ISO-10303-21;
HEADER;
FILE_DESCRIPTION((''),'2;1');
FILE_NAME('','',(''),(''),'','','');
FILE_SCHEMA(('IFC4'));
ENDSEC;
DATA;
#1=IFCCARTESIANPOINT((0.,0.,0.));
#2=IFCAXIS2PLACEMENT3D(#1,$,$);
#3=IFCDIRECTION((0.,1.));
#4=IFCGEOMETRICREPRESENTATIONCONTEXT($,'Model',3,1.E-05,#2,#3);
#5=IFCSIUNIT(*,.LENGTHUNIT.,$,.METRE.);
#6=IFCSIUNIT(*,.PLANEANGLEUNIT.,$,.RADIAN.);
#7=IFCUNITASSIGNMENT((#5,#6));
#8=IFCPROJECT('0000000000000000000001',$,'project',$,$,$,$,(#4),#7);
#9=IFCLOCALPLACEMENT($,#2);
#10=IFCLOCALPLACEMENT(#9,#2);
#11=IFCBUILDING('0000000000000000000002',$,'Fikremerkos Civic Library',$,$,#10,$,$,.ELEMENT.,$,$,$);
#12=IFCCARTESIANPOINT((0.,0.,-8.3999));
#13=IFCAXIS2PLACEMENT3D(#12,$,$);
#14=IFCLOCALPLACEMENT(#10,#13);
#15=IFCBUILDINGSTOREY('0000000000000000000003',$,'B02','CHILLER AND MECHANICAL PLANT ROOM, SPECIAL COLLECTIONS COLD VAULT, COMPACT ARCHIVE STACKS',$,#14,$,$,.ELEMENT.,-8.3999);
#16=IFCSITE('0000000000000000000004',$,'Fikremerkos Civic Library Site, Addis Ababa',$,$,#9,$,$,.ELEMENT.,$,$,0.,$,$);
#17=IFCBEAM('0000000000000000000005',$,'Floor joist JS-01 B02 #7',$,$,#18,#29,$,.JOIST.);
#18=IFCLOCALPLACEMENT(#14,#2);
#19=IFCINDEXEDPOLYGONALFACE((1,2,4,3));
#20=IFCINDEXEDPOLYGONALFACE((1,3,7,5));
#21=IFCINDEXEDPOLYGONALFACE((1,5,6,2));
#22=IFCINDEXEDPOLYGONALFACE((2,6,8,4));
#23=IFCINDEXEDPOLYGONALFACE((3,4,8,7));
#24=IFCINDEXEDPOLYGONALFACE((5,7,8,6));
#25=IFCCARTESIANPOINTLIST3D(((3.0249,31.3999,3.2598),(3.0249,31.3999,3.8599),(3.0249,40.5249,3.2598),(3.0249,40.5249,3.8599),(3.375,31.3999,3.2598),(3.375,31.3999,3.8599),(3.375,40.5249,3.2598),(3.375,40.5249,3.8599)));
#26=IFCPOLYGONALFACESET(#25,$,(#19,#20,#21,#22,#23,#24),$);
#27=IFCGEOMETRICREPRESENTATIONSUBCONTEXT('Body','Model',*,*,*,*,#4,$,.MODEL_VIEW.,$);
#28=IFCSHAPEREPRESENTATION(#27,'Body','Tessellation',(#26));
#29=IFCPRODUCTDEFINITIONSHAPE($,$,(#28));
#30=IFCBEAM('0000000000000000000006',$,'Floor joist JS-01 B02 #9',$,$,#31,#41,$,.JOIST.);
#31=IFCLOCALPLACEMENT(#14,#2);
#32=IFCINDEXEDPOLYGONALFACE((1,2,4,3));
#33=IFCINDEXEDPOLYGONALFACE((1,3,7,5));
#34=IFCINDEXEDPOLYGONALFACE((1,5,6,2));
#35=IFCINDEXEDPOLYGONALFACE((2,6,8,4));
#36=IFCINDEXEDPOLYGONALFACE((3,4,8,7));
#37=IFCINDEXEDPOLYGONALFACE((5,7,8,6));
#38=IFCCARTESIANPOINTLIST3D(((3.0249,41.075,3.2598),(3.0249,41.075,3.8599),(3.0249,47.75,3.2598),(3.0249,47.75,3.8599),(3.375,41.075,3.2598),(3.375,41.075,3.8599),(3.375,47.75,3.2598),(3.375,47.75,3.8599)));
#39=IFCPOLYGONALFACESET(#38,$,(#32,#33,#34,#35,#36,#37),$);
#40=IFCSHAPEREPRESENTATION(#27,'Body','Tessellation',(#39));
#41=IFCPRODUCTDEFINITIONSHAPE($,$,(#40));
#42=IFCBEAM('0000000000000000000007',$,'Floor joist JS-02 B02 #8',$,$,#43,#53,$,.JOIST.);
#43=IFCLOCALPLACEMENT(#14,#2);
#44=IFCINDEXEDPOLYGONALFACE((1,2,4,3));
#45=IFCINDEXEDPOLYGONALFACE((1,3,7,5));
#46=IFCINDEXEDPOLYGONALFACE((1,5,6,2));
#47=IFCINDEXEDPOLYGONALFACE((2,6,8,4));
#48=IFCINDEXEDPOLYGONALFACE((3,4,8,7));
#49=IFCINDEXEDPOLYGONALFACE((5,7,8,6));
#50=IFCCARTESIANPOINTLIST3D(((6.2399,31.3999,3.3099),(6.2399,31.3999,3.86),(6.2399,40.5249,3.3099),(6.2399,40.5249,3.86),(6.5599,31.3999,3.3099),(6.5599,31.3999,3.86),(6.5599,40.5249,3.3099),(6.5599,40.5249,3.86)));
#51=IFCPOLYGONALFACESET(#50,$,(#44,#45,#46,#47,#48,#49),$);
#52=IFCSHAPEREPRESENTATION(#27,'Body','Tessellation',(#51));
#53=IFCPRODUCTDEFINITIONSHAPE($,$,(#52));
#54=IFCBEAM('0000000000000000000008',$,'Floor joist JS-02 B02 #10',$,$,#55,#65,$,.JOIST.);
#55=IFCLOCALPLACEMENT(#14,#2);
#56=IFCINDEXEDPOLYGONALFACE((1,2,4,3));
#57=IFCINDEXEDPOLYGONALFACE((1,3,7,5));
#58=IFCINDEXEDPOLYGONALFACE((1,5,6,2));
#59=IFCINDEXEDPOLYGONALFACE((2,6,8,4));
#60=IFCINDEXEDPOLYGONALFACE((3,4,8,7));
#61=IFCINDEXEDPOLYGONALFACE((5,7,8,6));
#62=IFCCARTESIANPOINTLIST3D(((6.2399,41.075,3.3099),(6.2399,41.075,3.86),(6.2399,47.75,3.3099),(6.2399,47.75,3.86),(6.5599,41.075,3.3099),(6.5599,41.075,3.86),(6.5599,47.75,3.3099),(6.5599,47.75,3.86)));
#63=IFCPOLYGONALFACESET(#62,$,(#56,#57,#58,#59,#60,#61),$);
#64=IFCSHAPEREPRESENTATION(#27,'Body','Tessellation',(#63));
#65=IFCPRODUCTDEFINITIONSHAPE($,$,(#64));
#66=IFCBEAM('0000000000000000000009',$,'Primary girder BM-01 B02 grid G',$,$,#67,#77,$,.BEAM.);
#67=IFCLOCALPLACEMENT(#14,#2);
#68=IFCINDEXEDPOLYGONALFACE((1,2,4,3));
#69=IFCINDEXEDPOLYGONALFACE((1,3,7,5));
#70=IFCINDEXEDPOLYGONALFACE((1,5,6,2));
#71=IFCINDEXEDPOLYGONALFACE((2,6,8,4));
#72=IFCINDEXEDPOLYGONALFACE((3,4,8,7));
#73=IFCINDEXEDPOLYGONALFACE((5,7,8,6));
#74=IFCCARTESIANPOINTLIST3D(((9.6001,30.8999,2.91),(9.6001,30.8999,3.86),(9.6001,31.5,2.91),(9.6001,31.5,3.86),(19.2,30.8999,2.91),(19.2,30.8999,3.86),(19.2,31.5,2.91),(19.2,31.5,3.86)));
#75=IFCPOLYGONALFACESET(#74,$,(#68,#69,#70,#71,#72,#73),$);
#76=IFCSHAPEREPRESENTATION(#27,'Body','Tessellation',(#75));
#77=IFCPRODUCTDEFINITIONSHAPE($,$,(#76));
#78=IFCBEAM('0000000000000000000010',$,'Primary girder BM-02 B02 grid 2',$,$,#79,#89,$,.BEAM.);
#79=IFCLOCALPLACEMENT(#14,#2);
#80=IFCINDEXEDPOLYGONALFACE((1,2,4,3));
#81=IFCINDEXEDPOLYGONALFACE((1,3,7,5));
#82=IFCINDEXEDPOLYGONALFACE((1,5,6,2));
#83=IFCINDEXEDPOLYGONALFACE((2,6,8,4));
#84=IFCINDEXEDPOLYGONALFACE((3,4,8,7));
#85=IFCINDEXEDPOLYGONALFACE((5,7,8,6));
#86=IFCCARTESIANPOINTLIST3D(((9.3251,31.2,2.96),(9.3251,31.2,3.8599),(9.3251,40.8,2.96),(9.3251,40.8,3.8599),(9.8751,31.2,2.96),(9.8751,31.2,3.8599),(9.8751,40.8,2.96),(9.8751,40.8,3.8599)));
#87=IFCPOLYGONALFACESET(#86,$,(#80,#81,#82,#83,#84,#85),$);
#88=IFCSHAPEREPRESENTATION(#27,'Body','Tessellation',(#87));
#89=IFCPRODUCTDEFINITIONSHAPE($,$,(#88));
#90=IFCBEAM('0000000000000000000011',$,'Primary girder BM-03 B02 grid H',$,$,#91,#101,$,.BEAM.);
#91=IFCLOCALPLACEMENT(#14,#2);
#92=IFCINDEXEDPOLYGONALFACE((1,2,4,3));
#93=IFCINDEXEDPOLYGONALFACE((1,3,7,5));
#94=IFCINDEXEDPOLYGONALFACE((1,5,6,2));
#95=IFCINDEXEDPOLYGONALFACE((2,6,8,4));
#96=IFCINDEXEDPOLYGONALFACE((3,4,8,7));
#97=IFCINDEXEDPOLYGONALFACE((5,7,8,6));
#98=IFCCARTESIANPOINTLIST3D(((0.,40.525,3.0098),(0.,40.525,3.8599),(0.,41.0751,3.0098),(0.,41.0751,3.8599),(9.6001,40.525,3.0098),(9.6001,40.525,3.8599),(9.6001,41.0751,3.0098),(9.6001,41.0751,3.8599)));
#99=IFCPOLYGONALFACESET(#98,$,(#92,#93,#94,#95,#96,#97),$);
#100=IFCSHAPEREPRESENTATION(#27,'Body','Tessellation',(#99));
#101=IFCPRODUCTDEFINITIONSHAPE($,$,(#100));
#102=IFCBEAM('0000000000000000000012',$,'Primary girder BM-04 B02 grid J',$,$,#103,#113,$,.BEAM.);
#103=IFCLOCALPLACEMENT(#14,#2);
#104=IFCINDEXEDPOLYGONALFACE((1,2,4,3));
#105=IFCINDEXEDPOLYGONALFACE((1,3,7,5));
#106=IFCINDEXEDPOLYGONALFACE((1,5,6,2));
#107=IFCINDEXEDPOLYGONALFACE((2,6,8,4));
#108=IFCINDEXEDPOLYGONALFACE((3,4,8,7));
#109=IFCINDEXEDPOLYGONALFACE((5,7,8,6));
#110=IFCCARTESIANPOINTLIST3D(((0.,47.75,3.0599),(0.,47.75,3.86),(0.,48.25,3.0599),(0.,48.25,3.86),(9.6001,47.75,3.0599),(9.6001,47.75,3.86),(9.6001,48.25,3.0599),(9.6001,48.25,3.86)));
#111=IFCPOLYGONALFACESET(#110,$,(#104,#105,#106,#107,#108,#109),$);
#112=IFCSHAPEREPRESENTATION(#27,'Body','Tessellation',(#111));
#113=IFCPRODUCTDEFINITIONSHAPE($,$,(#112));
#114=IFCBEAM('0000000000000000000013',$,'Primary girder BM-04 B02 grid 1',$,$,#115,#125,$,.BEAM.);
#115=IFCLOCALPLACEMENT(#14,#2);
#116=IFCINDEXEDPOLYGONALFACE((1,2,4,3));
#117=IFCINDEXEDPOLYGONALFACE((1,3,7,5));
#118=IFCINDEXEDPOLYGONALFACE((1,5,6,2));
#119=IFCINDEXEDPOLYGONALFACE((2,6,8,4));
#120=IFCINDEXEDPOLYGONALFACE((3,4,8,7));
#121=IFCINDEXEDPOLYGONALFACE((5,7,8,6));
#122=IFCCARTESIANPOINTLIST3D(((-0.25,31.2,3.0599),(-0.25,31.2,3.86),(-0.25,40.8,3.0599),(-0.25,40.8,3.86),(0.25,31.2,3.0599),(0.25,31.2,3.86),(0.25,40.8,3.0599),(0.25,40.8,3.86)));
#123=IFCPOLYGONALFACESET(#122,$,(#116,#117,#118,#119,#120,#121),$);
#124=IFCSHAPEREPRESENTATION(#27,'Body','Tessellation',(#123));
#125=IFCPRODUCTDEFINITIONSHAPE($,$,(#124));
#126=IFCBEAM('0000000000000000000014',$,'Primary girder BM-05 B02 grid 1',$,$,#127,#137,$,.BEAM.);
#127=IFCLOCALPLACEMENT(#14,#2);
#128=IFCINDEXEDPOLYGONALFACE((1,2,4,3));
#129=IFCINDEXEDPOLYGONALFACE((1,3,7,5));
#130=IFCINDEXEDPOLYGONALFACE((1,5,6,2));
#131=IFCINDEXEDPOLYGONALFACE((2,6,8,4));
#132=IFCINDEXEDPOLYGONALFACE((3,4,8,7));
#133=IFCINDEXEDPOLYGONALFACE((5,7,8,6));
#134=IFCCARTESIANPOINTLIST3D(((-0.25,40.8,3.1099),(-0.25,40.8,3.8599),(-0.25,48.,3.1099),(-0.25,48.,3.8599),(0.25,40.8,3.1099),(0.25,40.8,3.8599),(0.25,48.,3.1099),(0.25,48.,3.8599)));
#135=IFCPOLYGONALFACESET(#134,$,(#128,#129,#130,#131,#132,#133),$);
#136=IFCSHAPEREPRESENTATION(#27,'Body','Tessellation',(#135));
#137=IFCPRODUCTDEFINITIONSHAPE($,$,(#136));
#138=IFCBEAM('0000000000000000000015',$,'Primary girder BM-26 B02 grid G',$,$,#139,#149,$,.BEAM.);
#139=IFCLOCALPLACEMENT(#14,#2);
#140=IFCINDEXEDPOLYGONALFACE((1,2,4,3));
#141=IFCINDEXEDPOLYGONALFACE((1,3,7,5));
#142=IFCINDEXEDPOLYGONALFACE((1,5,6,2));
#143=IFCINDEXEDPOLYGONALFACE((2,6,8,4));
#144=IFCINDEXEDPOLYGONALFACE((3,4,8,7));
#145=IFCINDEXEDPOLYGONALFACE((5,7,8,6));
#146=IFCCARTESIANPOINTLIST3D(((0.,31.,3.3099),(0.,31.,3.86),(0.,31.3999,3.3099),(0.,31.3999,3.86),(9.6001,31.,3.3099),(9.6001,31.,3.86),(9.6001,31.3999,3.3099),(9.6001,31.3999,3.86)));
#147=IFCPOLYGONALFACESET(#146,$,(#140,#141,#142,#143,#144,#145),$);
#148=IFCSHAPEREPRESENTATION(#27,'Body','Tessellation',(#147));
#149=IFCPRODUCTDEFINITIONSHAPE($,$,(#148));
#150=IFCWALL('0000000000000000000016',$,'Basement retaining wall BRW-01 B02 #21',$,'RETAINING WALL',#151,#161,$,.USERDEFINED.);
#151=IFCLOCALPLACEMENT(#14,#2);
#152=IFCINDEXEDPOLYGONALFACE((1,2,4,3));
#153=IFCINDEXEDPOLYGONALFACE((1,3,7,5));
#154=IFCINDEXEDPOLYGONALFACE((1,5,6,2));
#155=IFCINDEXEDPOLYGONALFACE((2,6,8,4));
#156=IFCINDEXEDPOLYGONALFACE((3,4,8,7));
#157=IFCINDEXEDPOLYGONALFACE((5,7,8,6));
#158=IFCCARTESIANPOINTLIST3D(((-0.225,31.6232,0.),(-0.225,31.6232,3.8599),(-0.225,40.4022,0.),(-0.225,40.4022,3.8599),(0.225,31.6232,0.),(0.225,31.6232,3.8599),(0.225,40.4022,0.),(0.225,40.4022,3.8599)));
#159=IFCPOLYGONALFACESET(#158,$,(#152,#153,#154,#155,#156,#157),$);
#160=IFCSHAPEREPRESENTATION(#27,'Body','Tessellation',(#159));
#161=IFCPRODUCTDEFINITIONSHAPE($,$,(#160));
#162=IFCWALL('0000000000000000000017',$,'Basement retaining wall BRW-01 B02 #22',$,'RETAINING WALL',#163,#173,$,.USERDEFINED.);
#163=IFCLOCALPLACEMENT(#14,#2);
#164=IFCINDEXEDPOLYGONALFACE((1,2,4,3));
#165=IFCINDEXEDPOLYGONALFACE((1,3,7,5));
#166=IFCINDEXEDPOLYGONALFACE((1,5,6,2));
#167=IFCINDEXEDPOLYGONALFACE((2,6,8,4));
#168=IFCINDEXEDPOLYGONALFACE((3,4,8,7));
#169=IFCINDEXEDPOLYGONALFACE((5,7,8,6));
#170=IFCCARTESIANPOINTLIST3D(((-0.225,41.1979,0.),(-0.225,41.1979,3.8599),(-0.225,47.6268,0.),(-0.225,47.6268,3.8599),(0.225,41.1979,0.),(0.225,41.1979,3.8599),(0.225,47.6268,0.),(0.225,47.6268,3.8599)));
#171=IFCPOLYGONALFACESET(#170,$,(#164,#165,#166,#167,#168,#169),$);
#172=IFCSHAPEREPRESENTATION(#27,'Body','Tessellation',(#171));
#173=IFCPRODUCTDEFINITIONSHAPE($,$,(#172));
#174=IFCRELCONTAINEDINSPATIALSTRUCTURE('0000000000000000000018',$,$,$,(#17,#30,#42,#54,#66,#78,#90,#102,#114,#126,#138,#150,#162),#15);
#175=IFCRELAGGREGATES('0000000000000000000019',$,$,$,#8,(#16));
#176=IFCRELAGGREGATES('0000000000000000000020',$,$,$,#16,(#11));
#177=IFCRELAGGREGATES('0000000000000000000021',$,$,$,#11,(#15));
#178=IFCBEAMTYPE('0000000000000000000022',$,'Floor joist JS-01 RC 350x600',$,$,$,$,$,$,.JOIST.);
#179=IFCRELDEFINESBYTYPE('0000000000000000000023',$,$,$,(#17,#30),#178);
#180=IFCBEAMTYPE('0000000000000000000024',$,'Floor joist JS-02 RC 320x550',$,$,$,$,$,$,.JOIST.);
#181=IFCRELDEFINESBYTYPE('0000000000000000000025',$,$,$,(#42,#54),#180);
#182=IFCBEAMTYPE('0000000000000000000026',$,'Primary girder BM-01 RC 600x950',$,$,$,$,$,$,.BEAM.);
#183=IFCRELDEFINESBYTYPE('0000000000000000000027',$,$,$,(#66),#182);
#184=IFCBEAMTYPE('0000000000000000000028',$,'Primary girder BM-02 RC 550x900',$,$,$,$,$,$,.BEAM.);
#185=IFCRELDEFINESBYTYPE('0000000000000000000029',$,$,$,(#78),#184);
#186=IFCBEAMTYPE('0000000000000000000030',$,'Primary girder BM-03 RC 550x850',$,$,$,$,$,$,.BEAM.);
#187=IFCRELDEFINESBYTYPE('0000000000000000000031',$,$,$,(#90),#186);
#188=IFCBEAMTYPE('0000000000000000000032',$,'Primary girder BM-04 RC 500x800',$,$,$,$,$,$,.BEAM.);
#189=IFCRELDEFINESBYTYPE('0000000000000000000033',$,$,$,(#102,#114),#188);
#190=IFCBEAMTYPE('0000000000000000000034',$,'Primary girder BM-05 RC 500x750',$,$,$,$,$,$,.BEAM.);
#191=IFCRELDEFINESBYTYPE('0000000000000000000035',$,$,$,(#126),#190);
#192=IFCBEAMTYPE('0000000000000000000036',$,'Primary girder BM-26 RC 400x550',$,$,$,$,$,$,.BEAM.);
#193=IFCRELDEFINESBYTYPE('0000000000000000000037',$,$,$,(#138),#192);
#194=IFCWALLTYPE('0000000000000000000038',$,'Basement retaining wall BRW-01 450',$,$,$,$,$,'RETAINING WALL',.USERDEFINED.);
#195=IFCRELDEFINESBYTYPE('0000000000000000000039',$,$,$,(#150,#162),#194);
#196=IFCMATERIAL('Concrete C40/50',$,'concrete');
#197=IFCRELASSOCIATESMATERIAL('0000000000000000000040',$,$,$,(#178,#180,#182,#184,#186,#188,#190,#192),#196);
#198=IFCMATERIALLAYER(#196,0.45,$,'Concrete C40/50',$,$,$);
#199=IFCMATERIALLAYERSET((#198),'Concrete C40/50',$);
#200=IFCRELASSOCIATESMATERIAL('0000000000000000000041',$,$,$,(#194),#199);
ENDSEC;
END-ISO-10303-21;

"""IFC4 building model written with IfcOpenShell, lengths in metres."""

from ifc_helpers import new_model, si_unit, direction, frame, frame_2d, origin, origin_2d, place, context, subcontext, project, spatial, rectangle, extrude, material, layer, layer_set, material_profile, profile_set, type_object, element, save


model = new_model("IFC4")

# Units and contexts
model_context = context("Model", 3, precision=1e-05, world=origin(), true_north=direction((0.0, 1.0)))
body_context = subcontext(model_context, "Body", "Model", "MODEL_VIEW")
ifc_project = project(units=[si_unit("LENGTHUNIT", "METRE"), si_unit("PLANEANGLEUNIT", "RADIAN")], contexts=[model_context])

# Site, building, storey
site_placement = place(None, origin())
site = spatial("IfcSite", under=ifc_project, at=site_placement, Name="Fikremerkos Civic Library Site, Addis Ababa", CompositionType="ELEMENT", RefElevation=0.0)
building_placement = place(site_placement, origin())
building = spatial("IfcBuilding", under=site, at=building_placement, Name="Fikremerkos Civic Library", CompositionType="ELEMENT")
storey_placement = place(building_placement, frame((0.0, 0.0, -8.3999)))
storey = spatial("IfcBuildingStorey", under=building, at=storey_placement, Name="B02", Description="CHILLER AND MECHANICAL PLANT ROOM, SPECIAL COLLECTIONS COLD VAULT, COMPACT ARCHIVE STACKS", CompositionType="ELEMENT", Elevation=-8.3999)

# Shared definitions
ifc_material_1 = material(Name="Concrete C40/50", Category="concrete")

# Beams
ifc_material_profile_1 = material_profile(ifc_material_1, rectangle(XDim=0.3501, YDim=0.6001, at=origin_2d()), Name="RC 350x600")
ifc_profile_set_1 = profile_set([ifc_material_profile_1], Name="Concrete C40/50")
beam_type_1 = type_object("IfcBeamType", Name="Floor joist JS-01 RC 350x600", PredefinedType="JOIST", material=ifc_profile_set_1)
beam_1_placement = place(storey_placement, frame((3.2, 31.3999, 3.5598), z_axis=(0.0, 1.0, 0.0), x_axis=(-1.0, 0.0, 0.0)))
element("IfcBeam", 1, at=beam_1_placement, inside=storey, type_object=beam_type_1, Name="Floor joist JS-01 B02 #7", PredefinedType="JOIST", context=body_context, shape_type="SweptSolid", body=[
    extrude(rectangle(XDim=0.3501, YDim=0.6001, at=origin_2d()), origin(), (0.0, 0.0, 1.0), 9.125),
])
beam_2_placement = place(storey_placement, frame((3.2, 41.075, 3.5598), z_axis=(0.0, 1.0, 0.0), x_axis=(-1.0, 0.0, 0.0)))
element("IfcBeam", 2, at=beam_2_placement, inside=storey, type_object=beam_type_1, Name="Floor joist JS-01 B02 #9", PredefinedType="JOIST", context=body_context, shape_type="SweptSolid", body=[
    extrude(rectangle(XDim=0.3501, YDim=0.6001, at=origin_2d()), origin(), (0.0, 0.0, 1.0), 6.675),
])
ifc_material_profile_2 = material_profile(ifc_material_1, rectangle(XDim=0.3201, YDim=0.55, at=origin_2d()), Name="RC 320x550")
ifc_profile_set_2 = profile_set([ifc_material_profile_2], Name="Concrete C40/50")
beam_type_2 = type_object("IfcBeamType", Name="Floor joist JS-02 RC 320x550", PredefinedType="JOIST", material=ifc_profile_set_2)
beam_3_placement = place(storey_placement, frame((6.3999, 31.3999, 3.585), z_axis=(0.0, 1.0, 0.0), x_axis=(-1.0, 0.0, 0.0)))
element("IfcBeam", 3, at=beam_3_placement, inside=storey, type_object=beam_type_2, Name="Floor joist JS-02 B02 #8", PredefinedType="JOIST", context=body_context, shape_type="SweptSolid", body=[
    extrude(rectangle(XDim=0.3201, YDim=0.55, at=origin_2d()), origin(), (0.0, 0.0, 1.0), 9.125),
])
beam_4_placement = place(storey_placement, frame((6.3999, 41.075, 3.585), z_axis=(0.0, 1.0, 0.0), x_axis=(-1.0, 0.0, 0.0)))
element("IfcBeam", 4, at=beam_4_placement, inside=storey, type_object=beam_type_2, Name="Floor joist JS-02 B02 #10", PredefinedType="JOIST", context=body_context, shape_type="SweptSolid", body=[
    extrude(rectangle(XDim=0.3201, YDim=0.55, at=origin_2d()), origin(), (0.0, 0.0, 1.0), 6.675),
])
ifc_material_profile_3 = material_profile(ifc_material_1, rectangle(XDim=0.6001, YDim=0.95, at=origin_2d()), Name="RC 600x950")
ifc_profile_set_3 = profile_set([ifc_material_profile_3], Name="Concrete C40/50")
beam_type_3 = type_object("IfcBeamType", Name="Primary girder BM-01 RC 600x950", PredefinedType="BEAM", material=ifc_profile_set_3)
beam_5_placement = place(storey_placement, frame((9.6001, 31.2, 3.385), z_axis=(1.0, 0.0, 0.0), x_axis=(0.0, 1.0, 0.0)))
element("IfcBeam", 5, at=beam_5_placement, inside=storey, type_object=beam_type_3, Name="Primary girder BM-01 B02 grid G", PredefinedType="BEAM", context=body_context, shape_type="SweptSolid", body=[
    extrude(rectangle(XDim=0.6001, YDim=0.95, at=origin_2d()), origin(), (0.0, 0.0, 1.0), 9.5999),
])
ifc_material_profile_4 = material_profile(ifc_material_1, rectangle(XDim=0.55, YDim=0.8999, at=origin_2d()), Name="RC 550x900")
ifc_profile_set_4 = profile_set([ifc_material_profile_4], Name="Concrete C40/50")
beam_type_4 = type_object("IfcBeamType", Name="Primary girder BM-02 RC 550x900", PredefinedType="BEAM", material=ifc_profile_set_4)
beam_6_placement = place(storey_placement, frame((9.6001, 31.2, 3.4099), z_axis=(0.0, 1.0, 0.0), x_axis=(-1.0, 0.0, 0.0)))
element("IfcBeam", 6, at=beam_6_placement, inside=storey, type_object=beam_type_4, Name="Primary girder BM-02 B02 grid 2", PredefinedType="BEAM", context=body_context, shape_type="SweptSolid", body=[
    extrude(rectangle(XDim=0.55, YDim=0.8999, at=origin_2d()), origin(), (0.0, 0.0, 1.0), 9.6001),
])
ifc_material_profile_5 = material_profile(ifc_material_1, rectangle(XDim=0.55, YDim=0.8501, at=origin_2d()), Name="RC 550x850")
ifc_profile_set_5 = profile_set([ifc_material_profile_5], Name="Concrete C40/50")
beam_type_5 = type_object("IfcBeamType", Name="Primary girder BM-03 RC 550x850", PredefinedType="BEAM", material=ifc_profile_set_5)
beam_7_placement = place(storey_placement, frame((0.0, 40.8, 3.4348), z_axis=(1.0, 0.0, 0.0), x_axis=(0.0, 1.0, 0.0)))
element("IfcBeam", 7, at=beam_7_placement, inside=storey, type_object=beam_type_5, Name="Primary girder BM-03 B02 grid H", PredefinedType="BEAM", context=body_context, shape_type="SweptSolid", body=[
    extrude(rectangle(XDim=0.55, YDim=0.8501, at=origin_2d()), origin(), (0.0, 0.0, 1.0), 9.6001),
])
ifc_material_profile_6 = material_profile(ifc_material_1, rectangle(XDim=0.5, YDim=0.8, at=origin_2d()), Name="RC 500x800")
ifc_profile_set_6 = profile_set([ifc_material_profile_6], Name="Concrete C40/50")
beam_type_6 = type_object("IfcBeamType", Name="Primary girder BM-04 RC 500x800", PredefinedType="BEAM", material=ifc_profile_set_6)
for number, where, z_axis, x_axis, name in (
    (8, (0.0, 48.0, 3.46), (1.0, 0.0, 0.0), (0.0, 1.0, 0.0), "Primary girder BM-04 B02 grid J"),
    (9, (0.0, 31.2, 3.46), (0.0, 1.0, 0.0), (-1.0, 0.0, 0.0), "Primary girder BM-04 B02 grid 1"),
):
    element("IfcBeam", number, at=place(storey_placement, frame(where, z_axis=z_axis, x_axis=x_axis)), inside=storey, type_object=beam_type_6, Name=name, PredefinedType="BEAM", context=body_context, shape_type="SweptSolid", body=[
        extrude(rectangle(XDim=0.5, YDim=0.8, at=origin_2d()), origin(), (0.0, 0.0, 1.0), 9.6001),
    ])
ifc_material_profile_7 = material_profile(ifc_material_1, rectangle(XDim=0.5, YDim=0.75, at=origin_2d()), Name="RC 500x750")
ifc_profile_set_7 = profile_set([ifc_material_profile_7], Name="Concrete C40/50")
beam_type_7 = type_object("IfcBeamType", Name="Primary girder BM-05 RC 500x750", PredefinedType="BEAM", material=ifc_profile_set_7)
beam_8_placement = place(storey_placement, frame((0.0, 40.8, 3.4849), z_axis=(0.0, 1.0, 0.0), x_axis=(-1.0, 0.0, 0.0)))
element("IfcBeam", 10, at=beam_8_placement, inside=storey, type_object=beam_type_7, Name="Primary girder BM-05 B02 grid 1", PredefinedType="BEAM", context=body_context, shape_type="SweptSolid", body=[
    extrude(rectangle(XDim=0.5, YDim=0.75, at=origin_2d()), origin(), (0.0, 0.0, 1.0), 7.2),
])
ifc_material_profile_8 = material_profile(ifc_material_1, rectangle(XDim=0.3999, YDim=0.55, at=origin_2d()), Name="RC 400x550")
ifc_profile_set_8 = profile_set([ifc_material_profile_8], Name="Concrete C40/50")
beam_type_8 = type_object("IfcBeamType", Name="Primary girder BM-26 RC 400x550", PredefinedType="BEAM", material=ifc_profile_set_8)
beam_9_placement = place(storey_placement, frame((0.0, 31.2, 3.585), z_axis=(1.0, 0.0, 0.0), x_axis=(0.0, 1.0, 0.0)))
element("IfcBeam", 11, at=beam_9_placement, inside=storey, type_object=beam_type_8, Name="Primary girder BM-26 B02 grid G", PredefinedType="BEAM", context=body_context, shape_type="SweptSolid", body=[
    extrude(rectangle(XDim=0.3999, YDim=0.55, at=origin_2d()), origin(), (0.0, 0.0, 1.0), 9.6001),
])

# Walls
ifc_layer = layer(ifc_material_1, 0.45, Name="Concrete C40/50")
ifc_layer_set = layer_set([ifc_layer], Name="Concrete C40/50")
wall_type = type_object("IfcWallType", Name="Basement retaining wall BRW-01 450", ElementType="RETAINING WALL", PredefinedType="USERDEFINED", material=ifc_layer_set)
wall_1_placement = place(storey_placement, frame((0.0, 31.623, 0.0), z_axis=(0.0, 0.0, 1.0), x_axis=(0.0, 1.0, 0.0)))
element("IfcWall", 12, at=wall_1_placement, inside=storey, type_object=wall_type, Name="Basement retaining wall BRW-01 B02 #21", ObjectType="RETAINING WALL", PredefinedType="USERDEFINED", context=body_context, shape_type="SweptSolid", body=[
    extrude(rectangle(XDim=8.7791, YDim=0.45, at=frame_2d((4.3896, 0.0))), origin(), (0.0, 0.0, 1.0), 3.8599),
])
wall_2_placement = place(storey_placement, frame((0.0, 41.198, 0.0), z_axis=(0.0, 0.0, 1.0), x_axis=(0.0, 1.0, 0.0)))
element("IfcWall", 13, at=wall_2_placement, inside=storey, type_object=wall_type, Name="Basement retaining wall BRW-01 B02 #22", ObjectType="RETAINING WALL", PredefinedType="USERDEFINED", context=body_context, shape_type="SweptSolid", body=[
    extrude(rectangle(XDim=6.429, YDim=0.45, at=frame_2d((3.2144, 0.0))), origin(), (0.0, 0.0, 1.0), 3.8599),
])

save(model, "model.ifc")
